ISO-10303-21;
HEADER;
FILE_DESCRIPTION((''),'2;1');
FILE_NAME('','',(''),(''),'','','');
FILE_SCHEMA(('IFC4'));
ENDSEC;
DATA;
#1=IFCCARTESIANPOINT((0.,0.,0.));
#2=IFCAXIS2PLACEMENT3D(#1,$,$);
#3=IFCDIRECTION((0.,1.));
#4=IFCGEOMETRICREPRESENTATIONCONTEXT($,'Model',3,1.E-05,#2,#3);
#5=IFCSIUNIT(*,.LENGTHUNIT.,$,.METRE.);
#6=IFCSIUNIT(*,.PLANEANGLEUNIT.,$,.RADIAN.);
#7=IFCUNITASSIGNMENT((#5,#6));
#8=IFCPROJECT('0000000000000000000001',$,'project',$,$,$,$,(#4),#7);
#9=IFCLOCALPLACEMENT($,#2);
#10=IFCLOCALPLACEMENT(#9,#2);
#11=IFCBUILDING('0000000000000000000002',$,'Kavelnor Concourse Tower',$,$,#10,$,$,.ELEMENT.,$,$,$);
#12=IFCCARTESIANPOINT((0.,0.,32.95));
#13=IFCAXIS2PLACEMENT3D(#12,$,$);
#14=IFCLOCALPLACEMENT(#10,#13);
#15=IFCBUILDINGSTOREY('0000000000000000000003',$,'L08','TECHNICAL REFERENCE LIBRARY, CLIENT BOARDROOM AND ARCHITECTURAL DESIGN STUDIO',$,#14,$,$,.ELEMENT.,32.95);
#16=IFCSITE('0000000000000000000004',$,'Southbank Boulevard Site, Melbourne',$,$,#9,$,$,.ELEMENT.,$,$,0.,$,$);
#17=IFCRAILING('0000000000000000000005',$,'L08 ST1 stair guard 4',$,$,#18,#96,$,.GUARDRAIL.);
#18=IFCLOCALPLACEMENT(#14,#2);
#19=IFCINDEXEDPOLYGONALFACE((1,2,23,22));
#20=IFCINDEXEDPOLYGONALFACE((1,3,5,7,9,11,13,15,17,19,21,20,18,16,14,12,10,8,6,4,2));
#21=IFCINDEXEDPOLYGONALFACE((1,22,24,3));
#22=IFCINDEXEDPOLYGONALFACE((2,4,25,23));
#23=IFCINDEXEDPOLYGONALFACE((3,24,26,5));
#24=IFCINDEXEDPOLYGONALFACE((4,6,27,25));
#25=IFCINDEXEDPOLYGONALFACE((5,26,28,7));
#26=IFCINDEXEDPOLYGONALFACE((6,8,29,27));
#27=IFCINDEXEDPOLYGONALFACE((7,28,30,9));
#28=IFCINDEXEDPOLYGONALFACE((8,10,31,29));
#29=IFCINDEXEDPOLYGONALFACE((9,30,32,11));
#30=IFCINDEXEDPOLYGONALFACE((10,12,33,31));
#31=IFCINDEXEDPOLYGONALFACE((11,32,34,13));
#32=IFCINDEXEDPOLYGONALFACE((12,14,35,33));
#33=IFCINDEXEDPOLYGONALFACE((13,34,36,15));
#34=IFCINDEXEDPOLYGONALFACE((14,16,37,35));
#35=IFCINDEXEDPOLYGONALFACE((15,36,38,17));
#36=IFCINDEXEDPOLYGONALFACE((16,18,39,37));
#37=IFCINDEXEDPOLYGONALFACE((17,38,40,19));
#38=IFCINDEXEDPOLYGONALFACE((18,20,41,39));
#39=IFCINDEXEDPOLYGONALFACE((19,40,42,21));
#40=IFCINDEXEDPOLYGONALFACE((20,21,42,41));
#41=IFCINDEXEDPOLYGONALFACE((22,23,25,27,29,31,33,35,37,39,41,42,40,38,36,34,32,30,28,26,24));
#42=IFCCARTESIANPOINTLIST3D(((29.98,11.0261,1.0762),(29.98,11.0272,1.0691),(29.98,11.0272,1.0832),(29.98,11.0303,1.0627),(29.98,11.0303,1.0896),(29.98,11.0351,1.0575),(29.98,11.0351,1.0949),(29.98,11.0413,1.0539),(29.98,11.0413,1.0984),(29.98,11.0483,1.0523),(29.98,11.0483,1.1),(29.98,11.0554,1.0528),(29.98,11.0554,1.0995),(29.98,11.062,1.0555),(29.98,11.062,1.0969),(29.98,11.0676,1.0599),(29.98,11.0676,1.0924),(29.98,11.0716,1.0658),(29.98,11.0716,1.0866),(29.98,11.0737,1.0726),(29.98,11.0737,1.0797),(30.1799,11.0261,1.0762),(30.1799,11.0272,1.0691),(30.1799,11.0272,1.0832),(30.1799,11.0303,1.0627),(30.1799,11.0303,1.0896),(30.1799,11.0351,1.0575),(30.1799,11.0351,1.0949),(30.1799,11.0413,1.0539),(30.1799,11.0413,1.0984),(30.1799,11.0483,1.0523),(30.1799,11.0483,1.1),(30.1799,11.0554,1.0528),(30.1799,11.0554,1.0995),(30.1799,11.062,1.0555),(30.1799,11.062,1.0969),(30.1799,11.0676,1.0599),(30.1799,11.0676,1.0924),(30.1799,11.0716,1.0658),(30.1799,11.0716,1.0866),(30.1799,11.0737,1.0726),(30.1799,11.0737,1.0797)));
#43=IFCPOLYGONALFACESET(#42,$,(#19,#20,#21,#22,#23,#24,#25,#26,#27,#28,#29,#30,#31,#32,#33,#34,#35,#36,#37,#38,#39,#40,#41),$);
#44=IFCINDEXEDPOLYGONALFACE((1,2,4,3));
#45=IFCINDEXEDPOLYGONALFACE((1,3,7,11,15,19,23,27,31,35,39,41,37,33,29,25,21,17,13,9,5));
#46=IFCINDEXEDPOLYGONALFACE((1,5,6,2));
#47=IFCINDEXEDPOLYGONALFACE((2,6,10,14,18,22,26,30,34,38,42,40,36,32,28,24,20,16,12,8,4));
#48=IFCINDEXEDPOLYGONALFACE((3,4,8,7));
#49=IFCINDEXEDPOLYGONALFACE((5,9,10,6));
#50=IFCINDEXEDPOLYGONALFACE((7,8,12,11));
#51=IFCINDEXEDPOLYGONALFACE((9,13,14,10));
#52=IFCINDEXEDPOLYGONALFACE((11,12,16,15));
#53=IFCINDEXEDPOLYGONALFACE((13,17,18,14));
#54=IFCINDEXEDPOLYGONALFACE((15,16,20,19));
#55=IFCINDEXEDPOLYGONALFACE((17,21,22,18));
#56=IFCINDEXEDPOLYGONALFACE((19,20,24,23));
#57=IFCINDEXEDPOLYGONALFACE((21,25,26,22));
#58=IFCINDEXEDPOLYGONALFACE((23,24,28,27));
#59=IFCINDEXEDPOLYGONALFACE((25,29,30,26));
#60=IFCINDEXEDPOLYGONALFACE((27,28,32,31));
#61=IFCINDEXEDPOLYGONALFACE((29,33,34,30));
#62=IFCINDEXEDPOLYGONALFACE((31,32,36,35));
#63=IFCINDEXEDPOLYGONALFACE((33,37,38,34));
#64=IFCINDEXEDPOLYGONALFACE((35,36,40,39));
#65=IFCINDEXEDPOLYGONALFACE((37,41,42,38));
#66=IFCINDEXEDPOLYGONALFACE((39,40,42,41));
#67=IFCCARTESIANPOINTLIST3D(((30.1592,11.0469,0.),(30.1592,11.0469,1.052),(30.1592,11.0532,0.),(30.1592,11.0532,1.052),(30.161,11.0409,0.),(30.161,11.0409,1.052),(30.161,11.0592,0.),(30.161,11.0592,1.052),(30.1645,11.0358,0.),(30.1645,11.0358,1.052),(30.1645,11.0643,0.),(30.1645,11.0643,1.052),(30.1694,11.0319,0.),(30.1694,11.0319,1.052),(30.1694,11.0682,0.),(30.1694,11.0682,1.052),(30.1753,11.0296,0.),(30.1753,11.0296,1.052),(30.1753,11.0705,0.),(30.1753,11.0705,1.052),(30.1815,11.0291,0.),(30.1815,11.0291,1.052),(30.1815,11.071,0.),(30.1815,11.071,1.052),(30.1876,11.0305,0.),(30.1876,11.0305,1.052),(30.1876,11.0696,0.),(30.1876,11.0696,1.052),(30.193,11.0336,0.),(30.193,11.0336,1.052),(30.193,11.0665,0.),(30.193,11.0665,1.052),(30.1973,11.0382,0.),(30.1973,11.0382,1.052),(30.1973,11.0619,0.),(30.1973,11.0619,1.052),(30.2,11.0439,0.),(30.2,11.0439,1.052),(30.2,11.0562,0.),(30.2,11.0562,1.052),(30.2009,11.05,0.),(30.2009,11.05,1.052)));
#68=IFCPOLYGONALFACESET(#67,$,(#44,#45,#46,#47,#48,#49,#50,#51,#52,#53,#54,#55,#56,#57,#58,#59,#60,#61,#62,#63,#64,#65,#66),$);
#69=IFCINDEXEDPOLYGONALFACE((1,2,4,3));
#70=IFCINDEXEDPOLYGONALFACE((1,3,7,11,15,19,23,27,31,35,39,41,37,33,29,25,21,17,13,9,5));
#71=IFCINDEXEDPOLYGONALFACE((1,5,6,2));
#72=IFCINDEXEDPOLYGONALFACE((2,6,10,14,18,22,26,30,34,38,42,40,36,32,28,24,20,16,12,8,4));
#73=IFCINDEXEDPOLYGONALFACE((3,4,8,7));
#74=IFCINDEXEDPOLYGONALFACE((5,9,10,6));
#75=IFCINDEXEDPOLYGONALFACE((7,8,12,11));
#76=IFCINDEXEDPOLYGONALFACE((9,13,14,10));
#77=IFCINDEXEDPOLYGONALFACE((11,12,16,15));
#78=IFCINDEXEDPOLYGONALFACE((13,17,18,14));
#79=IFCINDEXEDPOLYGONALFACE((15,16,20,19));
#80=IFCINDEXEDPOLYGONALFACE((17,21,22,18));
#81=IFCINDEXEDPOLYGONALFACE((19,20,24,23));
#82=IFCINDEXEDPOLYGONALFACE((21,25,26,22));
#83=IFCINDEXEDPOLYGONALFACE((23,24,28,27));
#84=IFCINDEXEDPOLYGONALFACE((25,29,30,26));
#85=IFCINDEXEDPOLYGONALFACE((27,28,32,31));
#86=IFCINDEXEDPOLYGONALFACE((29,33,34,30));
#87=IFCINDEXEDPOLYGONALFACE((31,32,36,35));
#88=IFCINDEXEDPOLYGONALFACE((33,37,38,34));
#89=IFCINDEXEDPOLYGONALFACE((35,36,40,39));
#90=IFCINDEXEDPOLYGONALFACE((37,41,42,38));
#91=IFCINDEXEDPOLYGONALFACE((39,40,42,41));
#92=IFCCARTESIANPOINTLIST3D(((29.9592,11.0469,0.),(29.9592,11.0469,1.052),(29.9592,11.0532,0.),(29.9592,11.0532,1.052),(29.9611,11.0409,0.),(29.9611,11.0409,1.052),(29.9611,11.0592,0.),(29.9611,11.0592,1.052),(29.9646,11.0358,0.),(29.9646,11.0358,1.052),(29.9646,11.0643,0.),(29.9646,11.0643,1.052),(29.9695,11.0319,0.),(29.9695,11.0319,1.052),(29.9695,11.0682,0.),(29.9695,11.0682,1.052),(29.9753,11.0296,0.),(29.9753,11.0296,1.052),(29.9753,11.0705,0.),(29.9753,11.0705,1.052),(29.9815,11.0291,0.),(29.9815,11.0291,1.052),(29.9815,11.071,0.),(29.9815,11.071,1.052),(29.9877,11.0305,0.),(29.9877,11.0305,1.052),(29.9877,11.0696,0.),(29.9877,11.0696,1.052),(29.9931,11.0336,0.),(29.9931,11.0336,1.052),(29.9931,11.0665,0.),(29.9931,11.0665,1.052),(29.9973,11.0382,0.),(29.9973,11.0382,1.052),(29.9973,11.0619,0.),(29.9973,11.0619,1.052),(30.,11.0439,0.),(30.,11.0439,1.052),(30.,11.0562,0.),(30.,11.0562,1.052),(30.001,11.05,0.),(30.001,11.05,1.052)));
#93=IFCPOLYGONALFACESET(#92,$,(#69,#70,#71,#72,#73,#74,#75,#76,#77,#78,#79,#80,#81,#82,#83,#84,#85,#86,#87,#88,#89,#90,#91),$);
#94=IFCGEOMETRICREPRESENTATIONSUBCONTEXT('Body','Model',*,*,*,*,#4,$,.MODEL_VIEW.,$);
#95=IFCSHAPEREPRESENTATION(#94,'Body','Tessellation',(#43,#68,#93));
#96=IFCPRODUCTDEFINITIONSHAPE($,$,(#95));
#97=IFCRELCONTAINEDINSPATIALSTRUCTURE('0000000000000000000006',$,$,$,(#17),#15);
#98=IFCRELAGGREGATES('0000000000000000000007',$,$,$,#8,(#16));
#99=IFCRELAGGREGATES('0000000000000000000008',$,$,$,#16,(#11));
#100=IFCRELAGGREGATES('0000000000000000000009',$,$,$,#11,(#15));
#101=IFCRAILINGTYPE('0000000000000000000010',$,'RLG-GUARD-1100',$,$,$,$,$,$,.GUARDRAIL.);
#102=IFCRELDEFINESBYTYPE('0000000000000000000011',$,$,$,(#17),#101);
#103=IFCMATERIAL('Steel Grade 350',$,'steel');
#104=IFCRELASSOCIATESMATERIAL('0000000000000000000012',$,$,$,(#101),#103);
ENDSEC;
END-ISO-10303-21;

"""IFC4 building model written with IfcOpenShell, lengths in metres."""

from ifc_helpers import new_model, si_unit, direction, frame, origin, origin_2d, place, context, subcontext, project, spatial, circle, extrude, material, type_object, element, save


model = new_model("IFC4")

# Units and contexts
model_context = context("Model", 3, precision=1e-05, world=origin(), true_north=direction((0.0, 1.0)))
body_context = subcontext(model_context, "Body", "Model", "MODEL_VIEW")
ifc_project = project(units=[si_unit("LENGTHUNIT", "METRE"), si_unit("PLANEANGLEUNIT", "RADIAN")], contexts=[model_context])

# Site, building, storey
site_placement = place(None, origin())
site = spatial("IfcSite", under=ifc_project, at=site_placement, Name="Southbank Boulevard Site, Melbourne", CompositionType="ELEMENT", RefElevation=0.0)
building_placement = place(site_placement, origin())
building = spatial("IfcBuilding", under=site, at=building_placement, Name="Kavelnor Concourse Tower", CompositionType="ELEMENT")
storey_placement = place(building_placement, frame((0.0, 0.0, 32.95)))
storey = spatial("IfcBuildingStorey", under=building, at=storey_placement, Name="L08", Description="TECHNICAL REFERENCE LIBRARY, CLIENT BOARDROOM AND ARCHITECTURAL DESIGN STUDIO", CompositionType="ELEMENT", Elevation=32.95)

# Shared definitions
ifc_material_1 = material(Name="Steel Grade 350", Category="steel")

# Railing
railing_type_1 = type_object("IfcRailingType", Name="RLG-GUARD-1100", PredefinedType="GUARDRAIL", material=ifc_material_1)
railing_1_placement = place(storey_placement, frame((30.1799, 11.05, 0.0)))
element("IfcRailing", 1, at=railing_1_placement, inside=storey, type_object=railing_type_1, Name="L08 ST1 stair guard 4", PredefinedType="GUARDRAIL", context=body_context, shape_type="SweptSolid", body=[
    extrude(circle(Radius=0.0239, at=origin_2d()), frame((0.0, 0.0, 1.0762), z_axis=(-1.0, 0.0, 0.0), x_axis=(0.0, -1.0, 0.0)), (0.0, 0.0, 1.0), 0.2),
    extrude(circle(Radius=0.021, at=origin_2d()), origin(), (0.0, 0.0, 1.0), 1.052),
    extrude(circle(Radius=0.021, at=origin_2d()), frame((-0.2, 0.0, 0.0)), (0.0, 0.0, 1.0), 1.052),
])

save(model, "model.ifc")
